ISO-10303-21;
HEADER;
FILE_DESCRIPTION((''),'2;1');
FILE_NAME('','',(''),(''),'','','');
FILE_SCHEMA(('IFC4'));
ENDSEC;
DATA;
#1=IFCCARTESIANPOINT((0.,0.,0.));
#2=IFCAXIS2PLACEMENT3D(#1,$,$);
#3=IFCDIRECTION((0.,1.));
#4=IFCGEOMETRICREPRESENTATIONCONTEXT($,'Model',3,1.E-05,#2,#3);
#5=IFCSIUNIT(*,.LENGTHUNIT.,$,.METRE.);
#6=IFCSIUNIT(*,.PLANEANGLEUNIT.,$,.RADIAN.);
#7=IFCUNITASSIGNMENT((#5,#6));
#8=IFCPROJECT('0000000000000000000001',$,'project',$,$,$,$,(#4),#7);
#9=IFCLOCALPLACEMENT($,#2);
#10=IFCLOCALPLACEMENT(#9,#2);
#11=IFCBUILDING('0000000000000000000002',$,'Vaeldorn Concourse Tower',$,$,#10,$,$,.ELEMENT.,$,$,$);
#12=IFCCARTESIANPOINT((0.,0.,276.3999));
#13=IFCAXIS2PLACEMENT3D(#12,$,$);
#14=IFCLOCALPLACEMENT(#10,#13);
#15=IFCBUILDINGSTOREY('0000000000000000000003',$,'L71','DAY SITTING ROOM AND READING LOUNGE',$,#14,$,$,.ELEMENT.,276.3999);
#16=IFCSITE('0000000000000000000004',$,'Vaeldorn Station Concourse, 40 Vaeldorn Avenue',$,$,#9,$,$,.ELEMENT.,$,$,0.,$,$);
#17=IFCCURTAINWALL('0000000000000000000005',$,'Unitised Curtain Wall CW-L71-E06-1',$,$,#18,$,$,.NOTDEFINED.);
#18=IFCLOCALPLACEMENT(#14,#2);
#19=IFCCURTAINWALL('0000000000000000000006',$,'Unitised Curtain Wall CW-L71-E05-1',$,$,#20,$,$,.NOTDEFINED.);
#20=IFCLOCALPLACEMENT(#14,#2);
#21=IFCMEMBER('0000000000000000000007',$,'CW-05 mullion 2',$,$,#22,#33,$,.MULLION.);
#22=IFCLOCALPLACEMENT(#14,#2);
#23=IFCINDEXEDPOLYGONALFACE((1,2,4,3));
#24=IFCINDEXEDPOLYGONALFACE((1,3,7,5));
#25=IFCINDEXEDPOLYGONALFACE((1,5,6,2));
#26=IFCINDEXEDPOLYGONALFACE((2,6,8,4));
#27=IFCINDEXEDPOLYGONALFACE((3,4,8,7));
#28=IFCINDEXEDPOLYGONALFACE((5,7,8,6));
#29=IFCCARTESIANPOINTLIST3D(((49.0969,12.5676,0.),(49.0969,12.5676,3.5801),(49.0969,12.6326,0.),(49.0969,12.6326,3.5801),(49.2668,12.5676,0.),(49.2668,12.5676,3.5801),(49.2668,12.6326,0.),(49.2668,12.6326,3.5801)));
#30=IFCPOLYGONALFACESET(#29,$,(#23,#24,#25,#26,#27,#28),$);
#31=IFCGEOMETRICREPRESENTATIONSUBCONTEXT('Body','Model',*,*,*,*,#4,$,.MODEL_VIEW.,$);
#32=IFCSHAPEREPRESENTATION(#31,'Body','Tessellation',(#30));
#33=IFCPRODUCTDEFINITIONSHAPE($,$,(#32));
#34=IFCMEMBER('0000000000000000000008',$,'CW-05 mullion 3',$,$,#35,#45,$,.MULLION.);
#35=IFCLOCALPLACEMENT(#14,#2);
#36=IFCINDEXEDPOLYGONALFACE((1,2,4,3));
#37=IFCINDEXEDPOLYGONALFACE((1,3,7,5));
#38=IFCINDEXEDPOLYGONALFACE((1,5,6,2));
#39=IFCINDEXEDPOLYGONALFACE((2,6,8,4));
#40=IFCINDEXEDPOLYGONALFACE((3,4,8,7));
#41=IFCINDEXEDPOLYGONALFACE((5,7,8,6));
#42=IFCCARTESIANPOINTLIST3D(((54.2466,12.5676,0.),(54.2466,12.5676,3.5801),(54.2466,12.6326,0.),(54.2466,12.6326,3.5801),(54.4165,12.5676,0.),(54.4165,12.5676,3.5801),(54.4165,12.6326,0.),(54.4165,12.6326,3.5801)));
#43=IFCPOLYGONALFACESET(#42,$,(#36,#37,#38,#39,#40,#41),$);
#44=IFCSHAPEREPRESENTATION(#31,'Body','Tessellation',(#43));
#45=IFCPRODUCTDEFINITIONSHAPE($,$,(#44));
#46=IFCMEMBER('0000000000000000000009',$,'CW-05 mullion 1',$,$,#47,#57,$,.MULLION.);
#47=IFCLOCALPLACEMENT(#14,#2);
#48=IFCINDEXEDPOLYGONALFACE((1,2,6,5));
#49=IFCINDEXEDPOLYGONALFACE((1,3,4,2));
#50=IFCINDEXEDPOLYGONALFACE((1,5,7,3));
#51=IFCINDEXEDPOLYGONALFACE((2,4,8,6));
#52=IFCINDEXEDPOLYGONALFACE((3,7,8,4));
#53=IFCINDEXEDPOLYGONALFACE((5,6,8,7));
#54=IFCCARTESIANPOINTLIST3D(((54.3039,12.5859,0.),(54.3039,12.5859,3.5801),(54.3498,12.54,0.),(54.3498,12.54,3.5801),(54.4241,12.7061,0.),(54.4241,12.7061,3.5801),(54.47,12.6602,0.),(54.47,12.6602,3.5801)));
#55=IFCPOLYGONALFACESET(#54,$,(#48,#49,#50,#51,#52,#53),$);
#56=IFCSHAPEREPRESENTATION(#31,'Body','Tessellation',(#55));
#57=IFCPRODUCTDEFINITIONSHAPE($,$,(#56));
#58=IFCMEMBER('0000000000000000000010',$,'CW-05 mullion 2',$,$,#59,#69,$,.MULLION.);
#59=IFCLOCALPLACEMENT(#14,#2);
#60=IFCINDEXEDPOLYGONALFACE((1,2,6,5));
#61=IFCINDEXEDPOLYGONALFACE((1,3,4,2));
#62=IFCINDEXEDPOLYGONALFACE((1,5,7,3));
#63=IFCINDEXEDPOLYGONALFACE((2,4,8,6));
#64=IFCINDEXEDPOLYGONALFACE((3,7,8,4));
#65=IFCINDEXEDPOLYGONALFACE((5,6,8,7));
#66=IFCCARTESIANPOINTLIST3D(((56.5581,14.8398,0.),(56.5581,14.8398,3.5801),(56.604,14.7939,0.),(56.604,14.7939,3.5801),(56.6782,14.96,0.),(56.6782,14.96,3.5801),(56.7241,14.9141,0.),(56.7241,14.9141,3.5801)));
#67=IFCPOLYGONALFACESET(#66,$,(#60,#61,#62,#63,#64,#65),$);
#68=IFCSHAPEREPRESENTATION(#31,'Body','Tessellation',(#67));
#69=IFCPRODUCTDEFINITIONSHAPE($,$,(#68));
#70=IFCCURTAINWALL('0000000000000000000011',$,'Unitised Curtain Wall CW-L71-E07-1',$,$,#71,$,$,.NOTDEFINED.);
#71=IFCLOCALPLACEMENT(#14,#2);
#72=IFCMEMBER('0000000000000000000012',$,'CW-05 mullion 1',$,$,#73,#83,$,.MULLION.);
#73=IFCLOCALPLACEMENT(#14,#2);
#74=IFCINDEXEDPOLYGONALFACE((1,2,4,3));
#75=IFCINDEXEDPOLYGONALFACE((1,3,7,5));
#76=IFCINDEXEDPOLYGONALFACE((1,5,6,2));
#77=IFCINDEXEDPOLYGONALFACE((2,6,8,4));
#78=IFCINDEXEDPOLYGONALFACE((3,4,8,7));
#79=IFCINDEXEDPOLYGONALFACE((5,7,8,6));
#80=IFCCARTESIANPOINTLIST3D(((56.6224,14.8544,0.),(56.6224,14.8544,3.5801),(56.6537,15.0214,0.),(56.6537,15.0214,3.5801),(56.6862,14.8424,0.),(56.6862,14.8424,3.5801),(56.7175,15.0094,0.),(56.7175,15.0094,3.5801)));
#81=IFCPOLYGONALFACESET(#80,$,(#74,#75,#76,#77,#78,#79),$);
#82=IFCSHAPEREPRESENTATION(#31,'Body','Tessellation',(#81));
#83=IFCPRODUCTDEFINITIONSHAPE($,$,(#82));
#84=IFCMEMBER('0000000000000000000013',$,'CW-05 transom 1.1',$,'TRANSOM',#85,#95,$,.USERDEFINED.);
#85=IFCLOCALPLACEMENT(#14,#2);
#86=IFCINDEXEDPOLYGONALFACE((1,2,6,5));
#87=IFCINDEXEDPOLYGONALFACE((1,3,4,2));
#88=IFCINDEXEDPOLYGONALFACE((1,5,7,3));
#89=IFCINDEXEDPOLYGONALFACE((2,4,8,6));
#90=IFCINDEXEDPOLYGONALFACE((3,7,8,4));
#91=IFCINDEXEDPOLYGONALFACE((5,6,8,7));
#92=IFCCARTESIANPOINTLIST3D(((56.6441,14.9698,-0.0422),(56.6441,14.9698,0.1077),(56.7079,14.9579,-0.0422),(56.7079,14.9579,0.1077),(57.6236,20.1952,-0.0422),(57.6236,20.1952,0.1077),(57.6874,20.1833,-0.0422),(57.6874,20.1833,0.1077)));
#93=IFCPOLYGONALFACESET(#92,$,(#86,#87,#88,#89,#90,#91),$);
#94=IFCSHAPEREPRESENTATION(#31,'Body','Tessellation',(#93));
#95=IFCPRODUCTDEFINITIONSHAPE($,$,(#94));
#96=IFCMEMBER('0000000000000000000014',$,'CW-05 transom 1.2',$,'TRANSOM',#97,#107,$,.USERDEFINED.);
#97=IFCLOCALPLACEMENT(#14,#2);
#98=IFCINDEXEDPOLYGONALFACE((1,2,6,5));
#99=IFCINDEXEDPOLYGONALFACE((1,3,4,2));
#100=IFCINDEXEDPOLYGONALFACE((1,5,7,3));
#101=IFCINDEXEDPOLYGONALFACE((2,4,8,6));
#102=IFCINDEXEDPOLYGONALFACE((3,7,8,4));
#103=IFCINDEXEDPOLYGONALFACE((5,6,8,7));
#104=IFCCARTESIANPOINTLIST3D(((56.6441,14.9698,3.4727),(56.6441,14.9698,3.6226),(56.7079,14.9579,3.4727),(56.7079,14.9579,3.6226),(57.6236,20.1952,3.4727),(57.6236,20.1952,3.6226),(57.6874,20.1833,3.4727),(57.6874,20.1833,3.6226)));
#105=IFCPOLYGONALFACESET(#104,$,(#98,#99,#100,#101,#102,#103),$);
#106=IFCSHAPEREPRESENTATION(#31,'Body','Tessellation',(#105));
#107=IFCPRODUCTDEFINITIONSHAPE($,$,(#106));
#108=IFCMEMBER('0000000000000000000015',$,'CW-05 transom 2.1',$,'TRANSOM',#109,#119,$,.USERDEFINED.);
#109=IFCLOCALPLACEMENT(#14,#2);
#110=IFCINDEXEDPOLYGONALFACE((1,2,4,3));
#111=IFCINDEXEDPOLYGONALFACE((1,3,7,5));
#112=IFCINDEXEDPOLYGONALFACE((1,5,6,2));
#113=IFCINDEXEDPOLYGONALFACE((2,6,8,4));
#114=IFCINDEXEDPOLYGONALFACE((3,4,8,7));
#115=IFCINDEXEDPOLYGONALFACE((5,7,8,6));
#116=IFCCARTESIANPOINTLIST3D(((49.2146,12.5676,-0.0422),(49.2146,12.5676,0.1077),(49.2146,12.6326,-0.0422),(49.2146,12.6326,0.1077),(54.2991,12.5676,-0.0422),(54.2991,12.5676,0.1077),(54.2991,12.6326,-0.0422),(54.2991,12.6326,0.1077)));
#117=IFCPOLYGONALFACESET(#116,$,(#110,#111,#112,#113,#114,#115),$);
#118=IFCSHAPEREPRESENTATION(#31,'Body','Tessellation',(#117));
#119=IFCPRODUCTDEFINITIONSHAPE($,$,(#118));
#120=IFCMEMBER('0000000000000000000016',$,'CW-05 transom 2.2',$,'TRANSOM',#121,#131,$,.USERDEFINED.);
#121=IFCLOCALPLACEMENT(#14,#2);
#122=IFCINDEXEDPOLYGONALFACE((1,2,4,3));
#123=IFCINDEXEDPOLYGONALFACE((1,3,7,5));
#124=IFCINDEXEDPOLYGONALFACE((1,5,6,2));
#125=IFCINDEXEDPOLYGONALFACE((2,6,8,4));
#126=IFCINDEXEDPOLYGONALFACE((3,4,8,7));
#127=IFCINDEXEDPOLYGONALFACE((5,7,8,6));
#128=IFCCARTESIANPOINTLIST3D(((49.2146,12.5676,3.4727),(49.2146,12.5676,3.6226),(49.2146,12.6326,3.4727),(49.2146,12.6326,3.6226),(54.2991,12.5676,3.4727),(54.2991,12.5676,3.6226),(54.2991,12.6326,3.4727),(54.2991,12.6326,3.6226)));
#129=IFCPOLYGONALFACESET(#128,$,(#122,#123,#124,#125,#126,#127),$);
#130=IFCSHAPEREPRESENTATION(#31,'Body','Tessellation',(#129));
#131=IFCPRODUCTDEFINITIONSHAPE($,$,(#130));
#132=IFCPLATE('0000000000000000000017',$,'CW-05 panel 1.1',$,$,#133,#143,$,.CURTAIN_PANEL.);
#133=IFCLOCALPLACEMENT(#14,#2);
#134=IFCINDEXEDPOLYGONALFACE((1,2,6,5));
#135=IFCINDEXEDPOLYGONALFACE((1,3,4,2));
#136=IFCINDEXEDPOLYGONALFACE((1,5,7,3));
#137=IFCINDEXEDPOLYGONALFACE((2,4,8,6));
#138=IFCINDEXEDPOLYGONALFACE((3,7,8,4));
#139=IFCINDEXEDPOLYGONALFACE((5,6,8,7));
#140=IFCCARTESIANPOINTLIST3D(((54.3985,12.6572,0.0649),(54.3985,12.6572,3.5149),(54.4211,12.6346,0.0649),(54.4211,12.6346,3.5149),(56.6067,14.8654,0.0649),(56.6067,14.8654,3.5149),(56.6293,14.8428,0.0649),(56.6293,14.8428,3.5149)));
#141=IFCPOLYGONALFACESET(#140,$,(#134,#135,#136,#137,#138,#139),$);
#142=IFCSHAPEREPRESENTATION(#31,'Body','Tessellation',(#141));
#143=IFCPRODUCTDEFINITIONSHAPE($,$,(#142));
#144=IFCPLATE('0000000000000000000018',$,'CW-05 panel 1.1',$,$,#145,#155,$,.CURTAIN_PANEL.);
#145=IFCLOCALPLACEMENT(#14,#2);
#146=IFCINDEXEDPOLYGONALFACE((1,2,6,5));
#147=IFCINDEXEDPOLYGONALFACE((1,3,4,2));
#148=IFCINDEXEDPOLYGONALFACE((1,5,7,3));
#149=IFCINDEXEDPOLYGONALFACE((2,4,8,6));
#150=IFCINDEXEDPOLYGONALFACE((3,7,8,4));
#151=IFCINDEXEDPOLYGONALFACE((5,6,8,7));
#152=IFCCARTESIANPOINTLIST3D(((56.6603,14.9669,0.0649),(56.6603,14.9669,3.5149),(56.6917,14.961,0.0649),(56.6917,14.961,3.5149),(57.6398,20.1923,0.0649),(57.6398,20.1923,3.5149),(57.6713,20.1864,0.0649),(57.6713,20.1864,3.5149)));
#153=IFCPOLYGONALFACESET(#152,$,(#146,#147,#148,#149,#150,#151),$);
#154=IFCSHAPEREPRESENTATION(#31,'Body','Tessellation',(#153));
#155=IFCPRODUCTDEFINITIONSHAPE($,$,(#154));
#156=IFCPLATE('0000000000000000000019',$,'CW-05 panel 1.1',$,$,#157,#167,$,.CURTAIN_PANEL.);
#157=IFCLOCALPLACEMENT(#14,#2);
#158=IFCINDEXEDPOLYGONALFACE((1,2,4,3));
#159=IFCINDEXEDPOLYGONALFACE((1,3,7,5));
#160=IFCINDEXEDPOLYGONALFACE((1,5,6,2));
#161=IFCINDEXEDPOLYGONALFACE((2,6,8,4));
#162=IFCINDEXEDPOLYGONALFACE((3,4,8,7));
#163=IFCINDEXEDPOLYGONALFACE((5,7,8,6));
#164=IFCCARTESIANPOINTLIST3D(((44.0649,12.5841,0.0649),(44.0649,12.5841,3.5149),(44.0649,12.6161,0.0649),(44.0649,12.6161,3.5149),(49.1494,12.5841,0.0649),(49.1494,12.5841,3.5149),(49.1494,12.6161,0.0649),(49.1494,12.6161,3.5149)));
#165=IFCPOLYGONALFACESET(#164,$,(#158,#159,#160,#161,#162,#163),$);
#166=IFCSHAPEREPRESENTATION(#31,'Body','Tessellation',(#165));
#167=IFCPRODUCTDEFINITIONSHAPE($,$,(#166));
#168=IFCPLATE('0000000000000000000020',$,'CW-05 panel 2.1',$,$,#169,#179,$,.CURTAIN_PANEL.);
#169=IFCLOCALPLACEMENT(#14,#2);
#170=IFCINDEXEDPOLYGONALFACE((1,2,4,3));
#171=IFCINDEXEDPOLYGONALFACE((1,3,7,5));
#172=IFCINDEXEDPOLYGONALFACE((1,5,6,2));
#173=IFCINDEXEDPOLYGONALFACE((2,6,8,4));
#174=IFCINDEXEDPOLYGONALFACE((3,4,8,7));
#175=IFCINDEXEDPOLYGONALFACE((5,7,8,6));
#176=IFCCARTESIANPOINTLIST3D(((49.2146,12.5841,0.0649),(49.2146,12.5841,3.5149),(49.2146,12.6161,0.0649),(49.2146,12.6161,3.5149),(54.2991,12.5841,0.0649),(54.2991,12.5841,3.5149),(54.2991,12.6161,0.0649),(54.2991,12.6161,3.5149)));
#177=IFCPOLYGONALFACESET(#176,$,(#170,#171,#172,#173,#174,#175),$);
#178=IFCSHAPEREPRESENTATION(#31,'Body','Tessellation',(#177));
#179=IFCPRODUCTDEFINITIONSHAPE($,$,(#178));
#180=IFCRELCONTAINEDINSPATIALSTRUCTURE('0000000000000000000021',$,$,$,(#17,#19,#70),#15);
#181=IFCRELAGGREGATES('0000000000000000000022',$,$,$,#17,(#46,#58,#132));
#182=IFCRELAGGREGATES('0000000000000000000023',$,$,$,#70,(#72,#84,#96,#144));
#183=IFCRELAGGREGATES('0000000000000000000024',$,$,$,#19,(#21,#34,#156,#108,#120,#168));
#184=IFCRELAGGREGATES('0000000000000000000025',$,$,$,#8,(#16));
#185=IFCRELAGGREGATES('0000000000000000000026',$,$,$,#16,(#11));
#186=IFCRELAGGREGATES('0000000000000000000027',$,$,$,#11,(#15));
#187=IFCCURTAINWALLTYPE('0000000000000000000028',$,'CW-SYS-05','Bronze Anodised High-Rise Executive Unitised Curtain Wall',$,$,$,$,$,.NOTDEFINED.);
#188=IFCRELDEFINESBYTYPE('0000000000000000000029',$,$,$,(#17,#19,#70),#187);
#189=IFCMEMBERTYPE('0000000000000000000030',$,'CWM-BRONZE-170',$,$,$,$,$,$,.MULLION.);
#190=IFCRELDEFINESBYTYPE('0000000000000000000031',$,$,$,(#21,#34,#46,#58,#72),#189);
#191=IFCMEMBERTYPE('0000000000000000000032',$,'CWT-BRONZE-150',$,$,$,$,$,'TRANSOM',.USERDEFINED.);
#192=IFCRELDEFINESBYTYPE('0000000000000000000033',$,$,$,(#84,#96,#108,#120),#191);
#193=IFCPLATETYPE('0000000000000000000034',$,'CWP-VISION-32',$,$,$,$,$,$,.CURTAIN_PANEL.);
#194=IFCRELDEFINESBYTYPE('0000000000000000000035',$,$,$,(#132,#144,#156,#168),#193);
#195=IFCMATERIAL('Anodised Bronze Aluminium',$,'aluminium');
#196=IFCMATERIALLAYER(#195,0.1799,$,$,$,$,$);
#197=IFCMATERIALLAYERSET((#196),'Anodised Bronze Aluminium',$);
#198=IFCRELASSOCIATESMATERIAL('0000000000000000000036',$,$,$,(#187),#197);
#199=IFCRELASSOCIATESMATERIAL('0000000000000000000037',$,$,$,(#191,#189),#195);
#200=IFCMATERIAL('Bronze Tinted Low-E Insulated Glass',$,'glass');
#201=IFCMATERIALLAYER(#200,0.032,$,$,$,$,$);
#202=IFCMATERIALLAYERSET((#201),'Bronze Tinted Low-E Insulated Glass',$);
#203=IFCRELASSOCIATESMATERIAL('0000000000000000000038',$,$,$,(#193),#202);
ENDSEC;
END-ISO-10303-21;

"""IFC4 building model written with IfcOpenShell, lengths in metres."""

from ifc_helpers import new_model, si_unit, direction, frame, origin, origin_2d, place, context, subcontext, project, spatial, rectangle, extrude, source, transform, mapped, material, layer, layer_set, material_profile, profile_set, type_object, element, aggregate, save


model = new_model("IFC4")

# Units and contexts
model_context = context("Model", 3, precision=1e-05, world=origin(), true_north=direction((0.0, 1.0)))
body_context = subcontext(model_context, "Body", "Model", "MODEL_VIEW")
ifc_project = project(units=[si_unit("LENGTHUNIT", "METRE"), si_unit("PLANEANGLEUNIT", "RADIAN")], contexts=[model_context])

# Site, building, storey
site_placement = place(None, origin())
site = spatial("IfcSite", under=ifc_project, at=site_placement, Name="Vaeldorn Station Concourse, 40 Vaeldorn Avenue", CompositionType="ELEMENT", RefElevation=0.0)
building_placement = place(site_placement, origin())
building = spatial("IfcBuilding", under=site, at=building_placement, Name="Vaeldorn Concourse Tower", CompositionType="ELEMENT")
storey_placement = place(building_placement, frame((0.0, 0.0, 276.3999)))
storey = spatial("IfcBuildingStorey", under=building, at=storey_placement, Name="L71", Description="DAY SITTING ROOM AND READING LOUNGE", CompositionType="ELEMENT", Elevation=276.3999)

# Curtain walls, members
ifc_material_1 = material(Name="Anodised Bronze Aluminium", Category="aluminium")
ifc_layer_1 = layer(ifc_material_1, 0.1799)
ifc_layer_set_1 = layer_set([ifc_layer_1], Name="Anodised Bronze Aluminium")
curtain_wall_type = type_object("IfcCurtainWallType", Name="CW-SYS-05", Description="Bronze Anodised High-Rise Executive Unitised Curtain Wall", PredefinedType="NOTDEFINED", material=ifc_layer_set_1)
curtain_wall_1_placement = place(storey_placement, origin())
curtain_wall_1 = element("IfcCurtainWall", 1, at=curtain_wall_1_placement, inside=storey, type_object=curtain_wall_type, Name="Unitised Curtain Wall CW-L71-E06-1", PredefinedType="NOTDEFINED")
ifc_material_profile_1 = material_profile(ifc_material_1, rectangle(XDim=0.0649, YDim=0.1499, at=origin_2d()), Name="CWT 65x150")
ifc_profile_set_1 = profile_set([ifc_material_profile_1], Name="Anodised Bronze Aluminium")
member_type_1 = type_object("IfcMemberType", Name="CWT-BRONZE-150", ElementType="TRANSOM", PredefinedType="USERDEFINED", material=ifc_profile_set_1)
curtain_wall_2_placement = place(storey_placement, origin())
curtain_wall_2 = element("IfcCurtainWall", 2, at=curtain_wall_2_placement, inside=storey, type_object=curtain_wall_type, Name="Unitised Curtain Wall CW-L71-E05-1", PredefinedType="NOTDEFINED")
ifc_material_profile_2 = material_profile(ifc_material_1, rectangle(XDim=0.0649, YDim=0.1699, at=origin_2d()), Name="CWM 65x170")
ifc_profile_set_2 = profile_set([ifc_material_profile_2], Name="Anodised Bronze Aluminium")
member_type_2 = type_object("IfcMemberType", Name="CWM-BRONZE-170", PredefinedType="MULLION", material=ifc_profile_set_2)
shared_shape_1 = source(origin(), body_context, "Body", "SweptSolid", [
    extrude(rectangle(XDim=0.0649, YDim=0.1699, at=origin_2d()), origin(), (0.0, 0.0, 1.0), 3.5801),
])
member_1_placement = place(storey_placement, frame((49.1819, 12.6001, 0.0), z_axis=(0.0, 0.0, 1.0), x_axis=(0.0, 1.0, 0.0)))
member_1 = element("IfcMember", 3, at=member_1_placement, type_object=member_type_2, Name="CW-05 mullion 2", PredefinedType="MULLION", context=body_context, shape_type="MappedRepresentation", body=[
    mapped(shared_shape_1, transform((0.0, 0.0, 0.0), scale=1.0)),
])
member_2_placement = place(storey_placement, frame((54.3315, 12.6001, 0.0), z_axis=(0.0, 0.0, 1.0), x_axis=(0.0, 1.0, 0.0)))
member_2 = element("IfcMember", 4, at=member_2_placement, type_object=member_type_2, Name="CW-05 mullion 3", PredefinedType="MULLION", context=body_context, shape_type="MappedRepresentation", body=[
    mapped(shared_shape_1, transform((0.0, 0.0, 0.0), scale=1.0)),
])

# Members
member_3_placement = place(storey_placement, frame((54.387, 12.623, 0.0), z_axis=(0.0, 0.0, 1.0), x_axis=(-0.707107, 0.707107, 0.0)))
member_3 = element("IfcMember", 5, at=member_3_placement, type_object=member_type_2, Name="CW-05 mullion 1", PredefinedType="MULLION", context=body_context, shape_type="MappedRepresentation", body=[
    mapped(shared_shape_1, transform((0.0, 0.0, 0.0), scale=1.0)),
])
member_4_placement = place(storey_placement, frame((56.6411, 14.877, 0.0), z_axis=(0.0, 0.0, 1.0), x_axis=(-0.707107, 0.707107, 0.0)))
member_4 = element("IfcMember", 6, at=member_4_placement, type_object=member_type_2, Name="CW-05 mullion 2", PredefinedType="MULLION", context=body_context, shape_type="MappedRepresentation", body=[
    mapped(shared_shape_1, transform((0.0, 0.0, 0.0), scale=1.0)),
])

# Curtain wall, members
curtain_wall_3_placement = place(storey_placement, origin())
curtain_wall_3 = element("IfcCurtainWall", 7, at=curtain_wall_3_placement, inside=storey, type_object=curtain_wall_type, Name="Unitised Curtain Wall CW-L71-E07-1", PredefinedType="NOTDEFINED")
member_5_placement = place(storey_placement, frame((56.6699, 14.9319, 0.0), z_axis=(0.0, 0.0, 1.0), x_axis=(-0.98288, 0.184247, 0.0)))
member_5 = element("IfcMember", 8, at=member_5_placement, type_object=member_type_2, Name="CW-05 mullion 1", PredefinedType="MULLION", context=body_context, shape_type="MappedRepresentation", body=[
    mapped(shared_shape_1, transform((0.0, 0.0, 0.0), scale=1.0)),
])
shared_shape_2 = source(origin(), body_context, "Body", "SweptSolid", [
    extrude(rectangle(XDim=0.0649, YDim=0.1499, at=origin_2d()), origin(), (0.0, 0.0, 1.0), 5.3164),
])
member_6_placement = place(storey_placement, frame((56.676, 14.9639, 0.0327), z_axis=(0.184241, 0.982881, 0.0), x_axis=(-0.982881, 0.184241, 0.0)))
member_6 = element("IfcMember", 9, at=member_6_placement, type_object=member_type_1, Name="CW-05 transom 1.1", ObjectType="TRANSOM", PredefinedType="USERDEFINED", context=body_context, shape_type="MappedRepresentation", body=[
    mapped(shared_shape_2, transform((0.0, 0.0, 0.0), scale=1.0)),
])
member_7_placement = place(storey_placement, frame((56.676, 14.9639, 3.5476), z_axis=(0.184241, 0.982881, 0.0), x_axis=(-0.982881, 0.184241, 0.0)))
member_7 = element("IfcMember", 10, at=member_7_placement, type_object=member_type_1, Name="CW-05 transom 1.2", ObjectType="TRANSOM", PredefinedType="USERDEFINED", context=body_context, shape_type="MappedRepresentation", body=[
    mapped(shared_shape_2, transform((0.0, 0.0, 0.0), scale=1.0)),
])

# Members
shared_shape_3 = source(origin(), body_context, "Body", "SweptSolid", [
    extrude(rectangle(XDim=0.0649, YDim=0.1499, at=origin_2d()), origin(), (0.0, 0.0, 1.0), 5.0845),
])
member_8_placement = place(storey_placement, frame((49.2146, 12.6001, 0.0327), z_axis=(1.0, 0.0, 0.0), x_axis=(0.0, 1.0, 0.0)))
member_8 = element("IfcMember", 11, at=member_8_placement, type_object=member_type_1, Name="CW-05 transom 2.1", ObjectType="TRANSOM", PredefinedType="USERDEFINED", context=body_context, shape_type="MappedRepresentation", body=[
    mapped(shared_shape_3, transform((0.0, 0.0, 0.0), scale=1.0)),
])
member_9_placement = place(storey_placement, frame((49.2146, 12.6001, 3.5476), z_axis=(1.0, 0.0, 0.0), x_axis=(0.0, 1.0, 0.0)))
member_9 = element("IfcMember", 12, at=member_9_placement, type_object=member_type_1, Name="CW-05 transom 2.2", ObjectType="TRANSOM", PredefinedType="USERDEFINED", context=body_context, shape_type="MappedRepresentation", body=[
    mapped(shared_shape_3, transform((0.0, 0.0, 0.0), scale=1.0)),
])

# Plates
ifc_material_2 = material(Name="Bronze Tinted Low-E Insulated Glass", Category="glass")
ifc_layer_2 = layer(ifc_material_2, 0.032)
ifc_layer_set_2 = layer_set([ifc_layer_2], Name="Bronze Tinted Low-E Insulated Glass")
plate_type = type_object("IfcPlateType", Name="CWP-VISION-32", PredefinedType="CURTAIN_PANEL", material=ifc_layer_set_2)
shared_shape_4 = source(origin(), body_context, "Body", "SweptSolid", [
    extrude(rectangle(XDim=3.1228, YDim=0.032, at=origin_2d()), origin(), (0.0, 0.0, 1.0), 3.45),
])
plate_1_placement = place(storey_placement, frame((55.5139, 13.75, 0.0649), z_axis=(0.0, 0.0, 1.0), x_axis=(0.707107, 0.707107, 0.0)))
plate_1 = element("IfcPlate", 13, at=plate_1_placement, type_object=plate_type, Name="CW-05 panel 1.1", PredefinedType="CURTAIN_PANEL", context=body_context, shape_type="MappedRepresentation", body=[
    mapped(shared_shape_4, transform((0.0, 0.0, 0.0), scale=1.0)),
])
aggregate(curtain_wall_1, [member_3, member_4, plate_1])
shared_shape_5 = source(origin(), body_context, "Body", "SweptSolid", [
    extrude(rectangle(XDim=5.3164, YDim=0.032, at=origin_2d()), origin(), (0.0, 0.0, 1.0), 3.45),
])
plate_2_placement = place(storey_placement, frame((57.1658, 17.5767, 0.0649), z_axis=(0.0, 0.0, 1.0), x_axis=(0.184247, 0.98288, 0.0)))
plate_2 = element("IfcPlate", 14, at=plate_2_placement, type_object=plate_type, Name="CW-05 panel 1.1", PredefinedType="CURTAIN_PANEL", context=body_context, shape_type="MappedRepresentation", body=[
    mapped(shared_shape_5, transform((0.0, 0.0, 0.0), scale=1.0)),
])
aggregate(curtain_wall_3, [member_5, member_6, member_7, plate_2])
shared_shape_6 = source(origin(), body_context, "Body", "SweptSolid", [
    extrude(rectangle(XDim=5.0845, YDim=0.032, at=origin_2d()), origin(), (0.0, 0.0, 1.0), 3.45),
])
plate_3_placement = place(storey_placement, frame((46.6072, 12.6001, 0.0649), z_axis=(0.0, 0.0, 1.0), x_axis=(1.0, 0.0, 0.0)))
plate_3 = element("IfcPlate", 15, at=plate_3_placement, type_object=plate_type, Name="CW-05 panel 1.1", PredefinedType="CURTAIN_PANEL", context=body_context, shape_type="MappedRepresentation", body=[
    mapped(shared_shape_6, transform((0.0, 0.0, 0.0), scale=1.0)),
])
plate_4_placement = place(storey_placement, frame((51.7568, 12.6001, 0.0649), z_axis=(0.0, 0.0, 1.0), x_axis=(1.0, 0.0, 0.0)))
plate_4 = element("IfcPlate", 16, at=plate_4_placement, type_object=plate_type, Name="CW-05 panel 2.1", PredefinedType="CURTAIN_PANEL", context=body_context, shape_type="MappedRepresentation", body=[
    mapped(shared_shape_6, transform((0.0, 0.0, 0.0), scale=1.0)),
])
aggregate(curtain_wall_2, [member_1, member_2, plate_3, member_8, member_9, plate_4])

save(model, "model.ifc")
